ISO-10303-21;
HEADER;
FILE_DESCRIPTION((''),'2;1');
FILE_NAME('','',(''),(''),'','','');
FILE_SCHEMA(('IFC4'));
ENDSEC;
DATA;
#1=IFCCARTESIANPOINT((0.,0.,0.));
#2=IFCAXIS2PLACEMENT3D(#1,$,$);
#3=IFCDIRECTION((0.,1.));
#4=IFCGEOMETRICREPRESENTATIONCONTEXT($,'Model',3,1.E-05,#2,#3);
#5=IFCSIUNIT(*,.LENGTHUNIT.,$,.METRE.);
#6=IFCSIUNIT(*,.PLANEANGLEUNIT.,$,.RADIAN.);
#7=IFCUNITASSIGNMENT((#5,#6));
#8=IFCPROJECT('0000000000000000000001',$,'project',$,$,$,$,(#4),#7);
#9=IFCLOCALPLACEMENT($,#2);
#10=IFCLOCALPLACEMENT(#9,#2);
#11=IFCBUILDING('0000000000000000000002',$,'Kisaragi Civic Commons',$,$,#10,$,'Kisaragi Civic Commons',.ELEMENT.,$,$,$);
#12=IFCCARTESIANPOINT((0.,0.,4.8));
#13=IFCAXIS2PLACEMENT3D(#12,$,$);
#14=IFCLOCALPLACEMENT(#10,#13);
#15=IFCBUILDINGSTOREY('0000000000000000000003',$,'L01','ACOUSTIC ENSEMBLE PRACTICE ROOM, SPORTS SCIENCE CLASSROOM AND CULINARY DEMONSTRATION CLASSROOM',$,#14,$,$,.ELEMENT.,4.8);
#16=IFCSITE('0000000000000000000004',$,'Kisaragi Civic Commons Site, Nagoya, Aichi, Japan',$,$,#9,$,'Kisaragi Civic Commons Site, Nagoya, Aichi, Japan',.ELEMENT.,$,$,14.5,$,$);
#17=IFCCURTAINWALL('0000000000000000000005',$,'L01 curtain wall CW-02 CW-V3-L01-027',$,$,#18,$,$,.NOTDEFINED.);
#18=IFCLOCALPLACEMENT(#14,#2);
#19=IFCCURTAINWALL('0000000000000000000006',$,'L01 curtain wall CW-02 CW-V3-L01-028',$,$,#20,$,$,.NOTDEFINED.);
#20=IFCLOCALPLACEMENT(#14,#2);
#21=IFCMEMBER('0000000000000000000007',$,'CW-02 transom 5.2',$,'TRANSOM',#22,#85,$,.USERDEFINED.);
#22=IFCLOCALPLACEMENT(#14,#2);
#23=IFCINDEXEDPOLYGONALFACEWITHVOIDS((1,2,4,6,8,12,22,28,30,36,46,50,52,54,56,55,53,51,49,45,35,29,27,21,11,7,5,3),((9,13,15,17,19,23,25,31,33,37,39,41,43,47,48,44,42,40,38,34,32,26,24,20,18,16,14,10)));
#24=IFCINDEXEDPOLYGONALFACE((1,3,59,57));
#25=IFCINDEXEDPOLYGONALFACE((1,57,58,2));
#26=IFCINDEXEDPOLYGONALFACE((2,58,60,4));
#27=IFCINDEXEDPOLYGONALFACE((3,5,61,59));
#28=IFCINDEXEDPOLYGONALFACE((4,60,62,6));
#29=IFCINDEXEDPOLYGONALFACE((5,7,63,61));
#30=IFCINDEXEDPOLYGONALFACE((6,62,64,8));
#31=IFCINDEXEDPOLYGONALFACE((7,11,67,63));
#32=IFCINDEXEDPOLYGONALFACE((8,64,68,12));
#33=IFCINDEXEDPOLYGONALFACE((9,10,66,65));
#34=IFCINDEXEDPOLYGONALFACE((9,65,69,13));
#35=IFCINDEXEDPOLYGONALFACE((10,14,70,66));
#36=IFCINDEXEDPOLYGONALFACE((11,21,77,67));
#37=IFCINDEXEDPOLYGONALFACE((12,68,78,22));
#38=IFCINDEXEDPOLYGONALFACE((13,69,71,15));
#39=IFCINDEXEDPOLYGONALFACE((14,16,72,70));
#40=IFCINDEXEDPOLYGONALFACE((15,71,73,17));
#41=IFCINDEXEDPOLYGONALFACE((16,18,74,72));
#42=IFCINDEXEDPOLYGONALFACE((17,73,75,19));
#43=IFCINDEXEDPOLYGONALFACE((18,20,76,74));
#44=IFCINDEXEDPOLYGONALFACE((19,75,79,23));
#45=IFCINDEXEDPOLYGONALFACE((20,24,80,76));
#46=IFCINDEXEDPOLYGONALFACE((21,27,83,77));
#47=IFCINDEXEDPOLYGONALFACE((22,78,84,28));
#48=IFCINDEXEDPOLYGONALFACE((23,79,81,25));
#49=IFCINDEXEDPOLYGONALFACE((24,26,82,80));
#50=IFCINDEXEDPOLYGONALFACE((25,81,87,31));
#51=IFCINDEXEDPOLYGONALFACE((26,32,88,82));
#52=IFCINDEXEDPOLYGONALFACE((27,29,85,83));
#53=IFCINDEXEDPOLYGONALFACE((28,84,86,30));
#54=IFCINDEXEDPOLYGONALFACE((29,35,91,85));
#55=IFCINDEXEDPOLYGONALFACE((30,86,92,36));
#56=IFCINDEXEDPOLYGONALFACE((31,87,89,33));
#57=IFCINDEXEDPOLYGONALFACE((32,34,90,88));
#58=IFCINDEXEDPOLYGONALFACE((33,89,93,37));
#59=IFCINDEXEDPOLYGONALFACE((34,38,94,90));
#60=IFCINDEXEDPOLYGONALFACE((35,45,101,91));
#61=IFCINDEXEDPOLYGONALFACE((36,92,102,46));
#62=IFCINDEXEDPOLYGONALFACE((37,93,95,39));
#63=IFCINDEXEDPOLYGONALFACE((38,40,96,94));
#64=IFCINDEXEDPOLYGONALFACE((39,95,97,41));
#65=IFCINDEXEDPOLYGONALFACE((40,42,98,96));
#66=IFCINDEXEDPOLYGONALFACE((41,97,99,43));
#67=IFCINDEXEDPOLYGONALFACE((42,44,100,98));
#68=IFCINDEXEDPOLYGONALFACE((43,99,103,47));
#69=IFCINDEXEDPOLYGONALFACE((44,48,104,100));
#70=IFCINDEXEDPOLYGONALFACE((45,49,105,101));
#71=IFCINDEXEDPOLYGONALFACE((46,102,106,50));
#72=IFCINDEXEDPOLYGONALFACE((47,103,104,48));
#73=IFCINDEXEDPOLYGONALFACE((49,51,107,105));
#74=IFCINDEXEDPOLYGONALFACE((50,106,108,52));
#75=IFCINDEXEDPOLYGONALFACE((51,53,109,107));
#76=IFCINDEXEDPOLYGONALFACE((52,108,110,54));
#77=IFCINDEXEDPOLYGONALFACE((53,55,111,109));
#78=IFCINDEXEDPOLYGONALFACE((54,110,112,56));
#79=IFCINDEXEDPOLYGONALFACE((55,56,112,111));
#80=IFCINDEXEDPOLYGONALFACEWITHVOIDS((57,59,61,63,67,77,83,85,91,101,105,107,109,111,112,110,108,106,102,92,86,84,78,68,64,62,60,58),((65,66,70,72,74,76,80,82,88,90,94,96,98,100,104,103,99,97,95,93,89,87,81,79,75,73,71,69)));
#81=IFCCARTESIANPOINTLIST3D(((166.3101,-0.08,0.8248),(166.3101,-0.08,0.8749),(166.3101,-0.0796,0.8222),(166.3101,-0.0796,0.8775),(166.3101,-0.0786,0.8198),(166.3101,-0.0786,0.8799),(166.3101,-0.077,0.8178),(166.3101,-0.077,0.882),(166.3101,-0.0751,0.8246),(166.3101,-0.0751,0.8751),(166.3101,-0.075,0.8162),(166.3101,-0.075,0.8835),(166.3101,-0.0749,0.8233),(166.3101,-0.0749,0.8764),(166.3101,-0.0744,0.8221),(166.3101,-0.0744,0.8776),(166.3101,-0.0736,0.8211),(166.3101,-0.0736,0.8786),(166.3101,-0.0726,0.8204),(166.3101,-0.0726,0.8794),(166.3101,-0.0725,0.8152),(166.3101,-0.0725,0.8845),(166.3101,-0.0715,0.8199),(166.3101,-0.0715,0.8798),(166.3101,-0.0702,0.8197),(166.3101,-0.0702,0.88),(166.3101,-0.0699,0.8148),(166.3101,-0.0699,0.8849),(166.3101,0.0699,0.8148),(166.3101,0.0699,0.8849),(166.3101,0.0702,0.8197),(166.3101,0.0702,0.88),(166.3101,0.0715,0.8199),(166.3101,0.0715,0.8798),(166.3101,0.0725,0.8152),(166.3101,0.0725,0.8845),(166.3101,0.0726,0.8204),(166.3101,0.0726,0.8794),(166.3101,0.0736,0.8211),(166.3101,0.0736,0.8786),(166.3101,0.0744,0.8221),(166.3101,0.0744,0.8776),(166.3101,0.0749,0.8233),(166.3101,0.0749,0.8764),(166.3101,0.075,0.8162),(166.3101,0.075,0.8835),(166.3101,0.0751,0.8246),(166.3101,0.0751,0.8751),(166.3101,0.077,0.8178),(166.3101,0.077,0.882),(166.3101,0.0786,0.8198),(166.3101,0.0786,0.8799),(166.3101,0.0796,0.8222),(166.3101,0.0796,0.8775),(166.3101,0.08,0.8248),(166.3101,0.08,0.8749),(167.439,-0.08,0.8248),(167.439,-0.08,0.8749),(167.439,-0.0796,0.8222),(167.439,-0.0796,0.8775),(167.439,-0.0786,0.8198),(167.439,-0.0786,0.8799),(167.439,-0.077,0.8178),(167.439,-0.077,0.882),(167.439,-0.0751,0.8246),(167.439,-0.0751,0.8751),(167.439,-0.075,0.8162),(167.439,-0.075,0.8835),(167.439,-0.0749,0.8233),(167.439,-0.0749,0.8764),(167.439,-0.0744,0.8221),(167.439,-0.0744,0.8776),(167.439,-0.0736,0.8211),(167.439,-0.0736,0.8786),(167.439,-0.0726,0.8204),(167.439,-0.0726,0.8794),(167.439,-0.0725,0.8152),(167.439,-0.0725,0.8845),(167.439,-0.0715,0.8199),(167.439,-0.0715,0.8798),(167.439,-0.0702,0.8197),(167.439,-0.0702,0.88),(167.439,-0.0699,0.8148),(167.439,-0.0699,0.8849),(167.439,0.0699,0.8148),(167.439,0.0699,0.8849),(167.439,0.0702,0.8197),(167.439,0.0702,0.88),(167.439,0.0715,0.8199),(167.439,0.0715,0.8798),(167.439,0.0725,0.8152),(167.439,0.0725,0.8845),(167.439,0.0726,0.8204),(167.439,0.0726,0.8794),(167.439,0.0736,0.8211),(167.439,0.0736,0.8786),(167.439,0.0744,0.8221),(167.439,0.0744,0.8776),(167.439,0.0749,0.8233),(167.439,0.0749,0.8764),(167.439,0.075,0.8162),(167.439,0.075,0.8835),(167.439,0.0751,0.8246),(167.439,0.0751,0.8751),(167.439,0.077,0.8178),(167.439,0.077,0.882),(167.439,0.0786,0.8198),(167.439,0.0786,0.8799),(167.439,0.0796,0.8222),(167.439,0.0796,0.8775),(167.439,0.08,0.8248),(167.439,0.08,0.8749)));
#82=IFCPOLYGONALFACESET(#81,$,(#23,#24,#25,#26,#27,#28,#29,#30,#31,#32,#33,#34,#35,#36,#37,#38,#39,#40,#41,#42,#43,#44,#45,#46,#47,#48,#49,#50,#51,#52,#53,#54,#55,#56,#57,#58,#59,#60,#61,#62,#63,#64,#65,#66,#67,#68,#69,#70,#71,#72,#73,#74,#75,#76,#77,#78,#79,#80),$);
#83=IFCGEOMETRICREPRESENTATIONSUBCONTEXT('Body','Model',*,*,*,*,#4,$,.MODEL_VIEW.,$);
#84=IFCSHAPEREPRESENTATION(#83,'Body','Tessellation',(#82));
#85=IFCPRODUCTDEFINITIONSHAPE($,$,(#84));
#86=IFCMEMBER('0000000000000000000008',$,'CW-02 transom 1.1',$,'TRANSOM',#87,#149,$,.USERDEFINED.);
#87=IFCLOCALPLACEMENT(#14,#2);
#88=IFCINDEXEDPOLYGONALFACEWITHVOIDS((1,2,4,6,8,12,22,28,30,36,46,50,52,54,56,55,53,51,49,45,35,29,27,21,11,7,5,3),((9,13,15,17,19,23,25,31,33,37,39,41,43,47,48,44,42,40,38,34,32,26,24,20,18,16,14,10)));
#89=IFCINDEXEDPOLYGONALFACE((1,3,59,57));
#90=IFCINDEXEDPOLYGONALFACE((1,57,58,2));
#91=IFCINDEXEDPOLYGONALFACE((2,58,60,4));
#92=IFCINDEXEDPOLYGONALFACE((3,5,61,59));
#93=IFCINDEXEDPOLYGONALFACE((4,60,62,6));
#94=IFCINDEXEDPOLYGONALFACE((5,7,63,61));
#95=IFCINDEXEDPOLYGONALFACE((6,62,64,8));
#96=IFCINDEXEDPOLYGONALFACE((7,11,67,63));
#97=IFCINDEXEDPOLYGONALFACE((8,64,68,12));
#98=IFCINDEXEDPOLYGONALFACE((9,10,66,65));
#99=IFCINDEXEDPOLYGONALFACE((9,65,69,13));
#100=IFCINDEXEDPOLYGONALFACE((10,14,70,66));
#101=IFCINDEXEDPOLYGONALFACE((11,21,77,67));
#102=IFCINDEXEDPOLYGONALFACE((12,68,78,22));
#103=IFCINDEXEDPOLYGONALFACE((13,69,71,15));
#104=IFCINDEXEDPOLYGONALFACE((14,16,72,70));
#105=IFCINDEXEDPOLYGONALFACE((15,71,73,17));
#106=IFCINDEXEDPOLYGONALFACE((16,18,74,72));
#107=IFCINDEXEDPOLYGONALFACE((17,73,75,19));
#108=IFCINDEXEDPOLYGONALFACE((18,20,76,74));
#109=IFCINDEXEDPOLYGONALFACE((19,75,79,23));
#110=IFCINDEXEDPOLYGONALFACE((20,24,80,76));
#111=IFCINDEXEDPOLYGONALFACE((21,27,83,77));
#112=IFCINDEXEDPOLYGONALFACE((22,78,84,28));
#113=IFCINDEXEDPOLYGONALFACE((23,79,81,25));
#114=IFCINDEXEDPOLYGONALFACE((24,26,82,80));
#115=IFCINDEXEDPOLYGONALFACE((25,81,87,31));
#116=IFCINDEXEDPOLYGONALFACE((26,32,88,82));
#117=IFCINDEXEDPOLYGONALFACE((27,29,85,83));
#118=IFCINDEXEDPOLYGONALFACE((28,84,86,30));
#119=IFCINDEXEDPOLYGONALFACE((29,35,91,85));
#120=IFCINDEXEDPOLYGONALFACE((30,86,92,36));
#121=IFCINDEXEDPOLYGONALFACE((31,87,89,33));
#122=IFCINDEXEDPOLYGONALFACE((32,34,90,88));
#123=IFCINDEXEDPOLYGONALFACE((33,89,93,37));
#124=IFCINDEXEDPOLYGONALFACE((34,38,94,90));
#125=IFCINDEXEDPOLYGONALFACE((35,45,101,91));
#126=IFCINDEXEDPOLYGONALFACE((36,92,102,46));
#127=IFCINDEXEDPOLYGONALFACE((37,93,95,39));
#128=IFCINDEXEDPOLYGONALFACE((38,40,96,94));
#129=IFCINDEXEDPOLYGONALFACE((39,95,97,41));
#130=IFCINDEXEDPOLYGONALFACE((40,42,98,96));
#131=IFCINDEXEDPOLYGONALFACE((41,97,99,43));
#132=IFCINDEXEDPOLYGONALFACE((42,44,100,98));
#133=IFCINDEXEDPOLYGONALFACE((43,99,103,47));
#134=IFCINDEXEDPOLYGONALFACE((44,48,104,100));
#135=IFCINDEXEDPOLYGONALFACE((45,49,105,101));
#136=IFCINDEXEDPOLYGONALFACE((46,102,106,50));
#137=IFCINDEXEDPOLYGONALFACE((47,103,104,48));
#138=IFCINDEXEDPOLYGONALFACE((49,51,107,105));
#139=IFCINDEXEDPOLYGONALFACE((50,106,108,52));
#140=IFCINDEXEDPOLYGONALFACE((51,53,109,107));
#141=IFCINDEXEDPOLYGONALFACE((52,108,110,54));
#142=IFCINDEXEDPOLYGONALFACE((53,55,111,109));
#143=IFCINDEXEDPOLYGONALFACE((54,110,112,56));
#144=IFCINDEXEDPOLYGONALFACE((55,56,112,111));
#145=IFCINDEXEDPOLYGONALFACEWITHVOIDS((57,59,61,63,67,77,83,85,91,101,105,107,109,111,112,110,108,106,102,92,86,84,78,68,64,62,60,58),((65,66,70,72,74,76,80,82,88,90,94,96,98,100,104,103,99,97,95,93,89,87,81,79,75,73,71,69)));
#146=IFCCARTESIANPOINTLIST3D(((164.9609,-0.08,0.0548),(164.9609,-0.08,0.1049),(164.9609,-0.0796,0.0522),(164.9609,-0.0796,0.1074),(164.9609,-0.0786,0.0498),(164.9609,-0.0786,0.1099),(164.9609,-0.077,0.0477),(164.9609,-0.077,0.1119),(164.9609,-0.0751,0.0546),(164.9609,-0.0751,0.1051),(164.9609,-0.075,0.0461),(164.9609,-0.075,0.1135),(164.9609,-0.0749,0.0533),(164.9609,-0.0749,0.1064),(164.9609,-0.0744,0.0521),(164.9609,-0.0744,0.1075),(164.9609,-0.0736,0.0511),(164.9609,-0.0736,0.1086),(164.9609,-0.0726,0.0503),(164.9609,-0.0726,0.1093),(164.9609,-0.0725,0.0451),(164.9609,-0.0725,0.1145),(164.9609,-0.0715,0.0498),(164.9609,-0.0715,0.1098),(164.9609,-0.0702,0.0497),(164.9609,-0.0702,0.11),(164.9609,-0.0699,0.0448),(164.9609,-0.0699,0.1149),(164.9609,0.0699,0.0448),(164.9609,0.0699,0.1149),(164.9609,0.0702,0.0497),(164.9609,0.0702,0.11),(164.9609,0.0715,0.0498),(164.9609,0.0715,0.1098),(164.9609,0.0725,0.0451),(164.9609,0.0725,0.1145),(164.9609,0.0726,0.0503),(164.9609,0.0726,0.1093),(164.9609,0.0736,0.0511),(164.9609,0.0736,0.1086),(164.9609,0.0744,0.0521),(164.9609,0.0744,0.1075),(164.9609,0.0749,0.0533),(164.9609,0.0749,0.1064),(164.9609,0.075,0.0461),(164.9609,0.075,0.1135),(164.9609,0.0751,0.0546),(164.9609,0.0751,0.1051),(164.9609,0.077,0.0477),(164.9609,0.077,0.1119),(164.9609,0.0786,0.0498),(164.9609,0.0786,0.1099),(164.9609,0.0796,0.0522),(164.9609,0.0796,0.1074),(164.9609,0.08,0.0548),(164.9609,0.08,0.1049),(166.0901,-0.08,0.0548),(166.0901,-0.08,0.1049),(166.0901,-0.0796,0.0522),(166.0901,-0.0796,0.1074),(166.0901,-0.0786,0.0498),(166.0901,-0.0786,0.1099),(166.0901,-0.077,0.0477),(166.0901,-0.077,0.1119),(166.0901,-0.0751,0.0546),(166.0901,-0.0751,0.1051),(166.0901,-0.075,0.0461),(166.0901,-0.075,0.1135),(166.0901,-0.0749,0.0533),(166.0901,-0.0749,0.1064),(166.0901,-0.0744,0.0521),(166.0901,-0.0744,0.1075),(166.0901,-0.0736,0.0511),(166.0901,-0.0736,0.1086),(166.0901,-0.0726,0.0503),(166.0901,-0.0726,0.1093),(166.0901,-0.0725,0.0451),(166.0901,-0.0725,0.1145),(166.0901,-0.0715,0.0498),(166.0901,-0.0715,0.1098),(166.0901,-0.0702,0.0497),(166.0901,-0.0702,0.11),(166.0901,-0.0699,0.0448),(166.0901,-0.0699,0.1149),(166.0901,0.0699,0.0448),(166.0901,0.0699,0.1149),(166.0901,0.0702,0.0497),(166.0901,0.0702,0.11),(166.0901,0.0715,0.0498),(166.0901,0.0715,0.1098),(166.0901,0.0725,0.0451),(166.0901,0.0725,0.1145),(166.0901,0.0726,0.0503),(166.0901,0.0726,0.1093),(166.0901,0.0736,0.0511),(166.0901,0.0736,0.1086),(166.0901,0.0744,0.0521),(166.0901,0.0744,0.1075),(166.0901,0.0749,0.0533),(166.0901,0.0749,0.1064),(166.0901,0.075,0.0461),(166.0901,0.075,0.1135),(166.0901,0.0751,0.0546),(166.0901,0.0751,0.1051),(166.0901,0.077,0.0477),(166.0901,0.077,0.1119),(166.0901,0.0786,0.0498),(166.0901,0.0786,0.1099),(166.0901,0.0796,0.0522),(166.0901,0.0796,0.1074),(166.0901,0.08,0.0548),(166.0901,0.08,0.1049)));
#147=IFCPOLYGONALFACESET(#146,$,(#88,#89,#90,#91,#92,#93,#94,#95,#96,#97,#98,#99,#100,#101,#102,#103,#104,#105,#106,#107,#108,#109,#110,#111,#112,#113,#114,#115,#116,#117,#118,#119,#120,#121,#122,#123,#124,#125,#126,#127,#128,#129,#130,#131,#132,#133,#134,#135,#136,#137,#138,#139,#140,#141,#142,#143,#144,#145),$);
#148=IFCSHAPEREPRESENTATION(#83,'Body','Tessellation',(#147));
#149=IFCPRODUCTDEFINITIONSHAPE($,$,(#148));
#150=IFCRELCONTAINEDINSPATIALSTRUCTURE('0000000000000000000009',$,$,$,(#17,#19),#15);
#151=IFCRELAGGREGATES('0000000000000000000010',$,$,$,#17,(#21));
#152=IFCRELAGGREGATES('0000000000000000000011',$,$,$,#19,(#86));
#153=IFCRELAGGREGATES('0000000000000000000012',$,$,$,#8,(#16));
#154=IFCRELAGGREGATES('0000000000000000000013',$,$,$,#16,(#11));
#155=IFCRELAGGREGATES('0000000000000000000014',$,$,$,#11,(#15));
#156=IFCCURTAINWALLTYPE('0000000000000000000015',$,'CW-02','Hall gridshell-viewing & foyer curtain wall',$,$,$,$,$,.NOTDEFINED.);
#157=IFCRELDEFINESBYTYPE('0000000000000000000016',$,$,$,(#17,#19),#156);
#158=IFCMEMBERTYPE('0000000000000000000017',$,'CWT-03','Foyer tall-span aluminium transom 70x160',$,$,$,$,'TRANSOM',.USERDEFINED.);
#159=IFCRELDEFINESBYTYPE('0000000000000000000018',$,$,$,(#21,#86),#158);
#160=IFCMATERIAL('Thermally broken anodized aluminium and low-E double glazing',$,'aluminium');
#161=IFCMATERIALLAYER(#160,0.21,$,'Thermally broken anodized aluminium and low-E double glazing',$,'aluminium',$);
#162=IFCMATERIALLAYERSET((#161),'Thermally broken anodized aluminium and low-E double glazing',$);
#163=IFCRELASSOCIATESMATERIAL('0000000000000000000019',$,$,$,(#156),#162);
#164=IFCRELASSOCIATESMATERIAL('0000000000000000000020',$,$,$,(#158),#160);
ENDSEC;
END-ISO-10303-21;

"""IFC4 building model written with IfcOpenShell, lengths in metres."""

from ifc_helpers import new_model, si_unit, direction, frame, origin, origin_2d, place, context, subcontext, project, spatial, hollow_rectangle, extrude, material, layer, layer_set, material_profile, profile_set, type_object, element, aggregate, save


model = new_model("IFC4")

# Units and contexts
model_context = context("Model", 3, precision=1e-05, world=origin(), true_north=direction((0.0, 1.0)))
body_context = subcontext(model_context, "Body", "Model", "MODEL_VIEW")
ifc_project = project(units=[si_unit("LENGTHUNIT", "METRE"), si_unit("PLANEANGLEUNIT", "RADIAN")], contexts=[model_context])

# Site, building, storey
site_placement = place(None, origin())
site = spatial("IfcSite", under=ifc_project, at=site_placement, Name="Kisaragi Civic Commons Site, Nagoya, Aichi, Japan", LongName="Kisaragi Civic Commons Site, Nagoya, Aichi, Japan", CompositionType="ELEMENT", RefElevation=14.5)
building_placement = place(site_placement, origin())
building = spatial("IfcBuilding", under=site, at=building_placement, Name="Kisaragi Civic Commons", LongName="Kisaragi Civic Commons", CompositionType="ELEMENT")
storey_placement = place(building_placement, frame((0.0, 0.0, 4.8)))
storey = spatial("IfcBuildingStorey", under=building, at=storey_placement, Name="L01", Description="ACOUSTIC ENSEMBLE PRACTICE ROOM, SPORTS SCIENCE CLASSROOM AND CULINARY DEMONSTRATION CLASSROOM", CompositionType="ELEMENT", Elevation=4.8)

# Curtain wall
ifc_material_1 = material(Name="Thermally broken anodized aluminium and low-E double glazing", Category="aluminium")
ifc_layer_1 = layer(ifc_material_1, 0.21, Name="Thermally broken anodized aluminium and low-E double glazing", Category="aluminium")
ifc_layer_set_1 = layer_set([ifc_layer_1], Name="Thermally broken anodized aluminium and low-E double glazing")
curtain_wall_type = type_object("IfcCurtainWallType", Name="CW-02", Description="Hall gridshell-viewing & foyer curtain wall", PredefinedType="NOTDEFINED", material=ifc_layer_set_1)
curtain_wall_1_placement = place(storey_placement, origin())
curtain_wall_1 = element("IfcCurtainWall", 1, at=curtain_wall_1_placement, inside=storey, type_object=curtain_wall_type, Name="L01 curtain wall CW-02 CW-V3-L01-027", PredefinedType="NOTDEFINED")

# Curtain wall
curtain_wall_2_placement = place(storey_placement, origin())
curtain_wall_2 = element("IfcCurtainWall", 2, at=curtain_wall_2_placement, inside=storey, type_object=curtain_wall_type, Name="L01 curtain wall CW-02 CW-V3-L01-028", PredefinedType="NOTDEFINED")

# Members
ifc_material_profile_1 = material_profile(ifc_material_1, hollow_rectangle(XDim=0.1599, YDim=0.0701, WallThickness=0.0049, InnerFilletRadius=0.0049, OuterFilletRadius=0.01, at=origin_2d()), Name="CWT-70x160x5", Category="aluminium")
ifc_profile_set_1 = profile_set([ifc_material_profile_1], Name="Thermally broken anodized aluminium and low-E double glazing")
member_type_1 = type_object("IfcMemberType", Name="CWT-03", Description="Foyer tall-span aluminium transom 70x160", ElementType="TRANSOM", PredefinedType="USERDEFINED", material=ifc_profile_set_1)
member_1_placement = place(storey_placement, frame((167.439, 0.0, 0.8499), z_axis=(-1.0, 0.0, 0.0), x_axis=(0.0, -1.0, 0.0)))
member_1 = element("IfcMember", 3, at=member_1_placement, type_object=member_type_1, Name="CW-02 transom 5.2", ObjectType="TRANSOM", PredefinedType="USERDEFINED", context=body_context, shape_type="SweptSolid", body=[
    extrude(hollow_rectangle(XDim=0.1599, YDim=0.0701, WallThickness=0.0049, InnerFilletRadius=0.0049, OuterFilletRadius=0.01, at=origin_2d()), origin(), (0.0, 0.0, 1.0), 1.1289),
])
member_2_placement = place(storey_placement, frame((166.0901, 0.0, 0.0798), z_axis=(-1.0, 0.0, 0.0), x_axis=(0.0, -1.0, 0.0)))
member_2 = element("IfcMember", 4, at=member_2_placement, type_object=member_type_1, Name="CW-02 transom 1.1", ObjectType="TRANSOM", PredefinedType="USERDEFINED", context=body_context, shape_type="SweptSolid", body=[
    extrude(hollow_rectangle(XDim=0.1599, YDim=0.0701, WallThickness=0.0049, InnerFilletRadius=0.0049, OuterFilletRadius=0.01, at=origin_2d()), origin(), (0.0, 0.0, 1.0), 1.1292),
])

aggregate(curtain_wall_1, [member_1])
aggregate(curtain_wall_2, [member_2])

save(model, "model.ifc")
